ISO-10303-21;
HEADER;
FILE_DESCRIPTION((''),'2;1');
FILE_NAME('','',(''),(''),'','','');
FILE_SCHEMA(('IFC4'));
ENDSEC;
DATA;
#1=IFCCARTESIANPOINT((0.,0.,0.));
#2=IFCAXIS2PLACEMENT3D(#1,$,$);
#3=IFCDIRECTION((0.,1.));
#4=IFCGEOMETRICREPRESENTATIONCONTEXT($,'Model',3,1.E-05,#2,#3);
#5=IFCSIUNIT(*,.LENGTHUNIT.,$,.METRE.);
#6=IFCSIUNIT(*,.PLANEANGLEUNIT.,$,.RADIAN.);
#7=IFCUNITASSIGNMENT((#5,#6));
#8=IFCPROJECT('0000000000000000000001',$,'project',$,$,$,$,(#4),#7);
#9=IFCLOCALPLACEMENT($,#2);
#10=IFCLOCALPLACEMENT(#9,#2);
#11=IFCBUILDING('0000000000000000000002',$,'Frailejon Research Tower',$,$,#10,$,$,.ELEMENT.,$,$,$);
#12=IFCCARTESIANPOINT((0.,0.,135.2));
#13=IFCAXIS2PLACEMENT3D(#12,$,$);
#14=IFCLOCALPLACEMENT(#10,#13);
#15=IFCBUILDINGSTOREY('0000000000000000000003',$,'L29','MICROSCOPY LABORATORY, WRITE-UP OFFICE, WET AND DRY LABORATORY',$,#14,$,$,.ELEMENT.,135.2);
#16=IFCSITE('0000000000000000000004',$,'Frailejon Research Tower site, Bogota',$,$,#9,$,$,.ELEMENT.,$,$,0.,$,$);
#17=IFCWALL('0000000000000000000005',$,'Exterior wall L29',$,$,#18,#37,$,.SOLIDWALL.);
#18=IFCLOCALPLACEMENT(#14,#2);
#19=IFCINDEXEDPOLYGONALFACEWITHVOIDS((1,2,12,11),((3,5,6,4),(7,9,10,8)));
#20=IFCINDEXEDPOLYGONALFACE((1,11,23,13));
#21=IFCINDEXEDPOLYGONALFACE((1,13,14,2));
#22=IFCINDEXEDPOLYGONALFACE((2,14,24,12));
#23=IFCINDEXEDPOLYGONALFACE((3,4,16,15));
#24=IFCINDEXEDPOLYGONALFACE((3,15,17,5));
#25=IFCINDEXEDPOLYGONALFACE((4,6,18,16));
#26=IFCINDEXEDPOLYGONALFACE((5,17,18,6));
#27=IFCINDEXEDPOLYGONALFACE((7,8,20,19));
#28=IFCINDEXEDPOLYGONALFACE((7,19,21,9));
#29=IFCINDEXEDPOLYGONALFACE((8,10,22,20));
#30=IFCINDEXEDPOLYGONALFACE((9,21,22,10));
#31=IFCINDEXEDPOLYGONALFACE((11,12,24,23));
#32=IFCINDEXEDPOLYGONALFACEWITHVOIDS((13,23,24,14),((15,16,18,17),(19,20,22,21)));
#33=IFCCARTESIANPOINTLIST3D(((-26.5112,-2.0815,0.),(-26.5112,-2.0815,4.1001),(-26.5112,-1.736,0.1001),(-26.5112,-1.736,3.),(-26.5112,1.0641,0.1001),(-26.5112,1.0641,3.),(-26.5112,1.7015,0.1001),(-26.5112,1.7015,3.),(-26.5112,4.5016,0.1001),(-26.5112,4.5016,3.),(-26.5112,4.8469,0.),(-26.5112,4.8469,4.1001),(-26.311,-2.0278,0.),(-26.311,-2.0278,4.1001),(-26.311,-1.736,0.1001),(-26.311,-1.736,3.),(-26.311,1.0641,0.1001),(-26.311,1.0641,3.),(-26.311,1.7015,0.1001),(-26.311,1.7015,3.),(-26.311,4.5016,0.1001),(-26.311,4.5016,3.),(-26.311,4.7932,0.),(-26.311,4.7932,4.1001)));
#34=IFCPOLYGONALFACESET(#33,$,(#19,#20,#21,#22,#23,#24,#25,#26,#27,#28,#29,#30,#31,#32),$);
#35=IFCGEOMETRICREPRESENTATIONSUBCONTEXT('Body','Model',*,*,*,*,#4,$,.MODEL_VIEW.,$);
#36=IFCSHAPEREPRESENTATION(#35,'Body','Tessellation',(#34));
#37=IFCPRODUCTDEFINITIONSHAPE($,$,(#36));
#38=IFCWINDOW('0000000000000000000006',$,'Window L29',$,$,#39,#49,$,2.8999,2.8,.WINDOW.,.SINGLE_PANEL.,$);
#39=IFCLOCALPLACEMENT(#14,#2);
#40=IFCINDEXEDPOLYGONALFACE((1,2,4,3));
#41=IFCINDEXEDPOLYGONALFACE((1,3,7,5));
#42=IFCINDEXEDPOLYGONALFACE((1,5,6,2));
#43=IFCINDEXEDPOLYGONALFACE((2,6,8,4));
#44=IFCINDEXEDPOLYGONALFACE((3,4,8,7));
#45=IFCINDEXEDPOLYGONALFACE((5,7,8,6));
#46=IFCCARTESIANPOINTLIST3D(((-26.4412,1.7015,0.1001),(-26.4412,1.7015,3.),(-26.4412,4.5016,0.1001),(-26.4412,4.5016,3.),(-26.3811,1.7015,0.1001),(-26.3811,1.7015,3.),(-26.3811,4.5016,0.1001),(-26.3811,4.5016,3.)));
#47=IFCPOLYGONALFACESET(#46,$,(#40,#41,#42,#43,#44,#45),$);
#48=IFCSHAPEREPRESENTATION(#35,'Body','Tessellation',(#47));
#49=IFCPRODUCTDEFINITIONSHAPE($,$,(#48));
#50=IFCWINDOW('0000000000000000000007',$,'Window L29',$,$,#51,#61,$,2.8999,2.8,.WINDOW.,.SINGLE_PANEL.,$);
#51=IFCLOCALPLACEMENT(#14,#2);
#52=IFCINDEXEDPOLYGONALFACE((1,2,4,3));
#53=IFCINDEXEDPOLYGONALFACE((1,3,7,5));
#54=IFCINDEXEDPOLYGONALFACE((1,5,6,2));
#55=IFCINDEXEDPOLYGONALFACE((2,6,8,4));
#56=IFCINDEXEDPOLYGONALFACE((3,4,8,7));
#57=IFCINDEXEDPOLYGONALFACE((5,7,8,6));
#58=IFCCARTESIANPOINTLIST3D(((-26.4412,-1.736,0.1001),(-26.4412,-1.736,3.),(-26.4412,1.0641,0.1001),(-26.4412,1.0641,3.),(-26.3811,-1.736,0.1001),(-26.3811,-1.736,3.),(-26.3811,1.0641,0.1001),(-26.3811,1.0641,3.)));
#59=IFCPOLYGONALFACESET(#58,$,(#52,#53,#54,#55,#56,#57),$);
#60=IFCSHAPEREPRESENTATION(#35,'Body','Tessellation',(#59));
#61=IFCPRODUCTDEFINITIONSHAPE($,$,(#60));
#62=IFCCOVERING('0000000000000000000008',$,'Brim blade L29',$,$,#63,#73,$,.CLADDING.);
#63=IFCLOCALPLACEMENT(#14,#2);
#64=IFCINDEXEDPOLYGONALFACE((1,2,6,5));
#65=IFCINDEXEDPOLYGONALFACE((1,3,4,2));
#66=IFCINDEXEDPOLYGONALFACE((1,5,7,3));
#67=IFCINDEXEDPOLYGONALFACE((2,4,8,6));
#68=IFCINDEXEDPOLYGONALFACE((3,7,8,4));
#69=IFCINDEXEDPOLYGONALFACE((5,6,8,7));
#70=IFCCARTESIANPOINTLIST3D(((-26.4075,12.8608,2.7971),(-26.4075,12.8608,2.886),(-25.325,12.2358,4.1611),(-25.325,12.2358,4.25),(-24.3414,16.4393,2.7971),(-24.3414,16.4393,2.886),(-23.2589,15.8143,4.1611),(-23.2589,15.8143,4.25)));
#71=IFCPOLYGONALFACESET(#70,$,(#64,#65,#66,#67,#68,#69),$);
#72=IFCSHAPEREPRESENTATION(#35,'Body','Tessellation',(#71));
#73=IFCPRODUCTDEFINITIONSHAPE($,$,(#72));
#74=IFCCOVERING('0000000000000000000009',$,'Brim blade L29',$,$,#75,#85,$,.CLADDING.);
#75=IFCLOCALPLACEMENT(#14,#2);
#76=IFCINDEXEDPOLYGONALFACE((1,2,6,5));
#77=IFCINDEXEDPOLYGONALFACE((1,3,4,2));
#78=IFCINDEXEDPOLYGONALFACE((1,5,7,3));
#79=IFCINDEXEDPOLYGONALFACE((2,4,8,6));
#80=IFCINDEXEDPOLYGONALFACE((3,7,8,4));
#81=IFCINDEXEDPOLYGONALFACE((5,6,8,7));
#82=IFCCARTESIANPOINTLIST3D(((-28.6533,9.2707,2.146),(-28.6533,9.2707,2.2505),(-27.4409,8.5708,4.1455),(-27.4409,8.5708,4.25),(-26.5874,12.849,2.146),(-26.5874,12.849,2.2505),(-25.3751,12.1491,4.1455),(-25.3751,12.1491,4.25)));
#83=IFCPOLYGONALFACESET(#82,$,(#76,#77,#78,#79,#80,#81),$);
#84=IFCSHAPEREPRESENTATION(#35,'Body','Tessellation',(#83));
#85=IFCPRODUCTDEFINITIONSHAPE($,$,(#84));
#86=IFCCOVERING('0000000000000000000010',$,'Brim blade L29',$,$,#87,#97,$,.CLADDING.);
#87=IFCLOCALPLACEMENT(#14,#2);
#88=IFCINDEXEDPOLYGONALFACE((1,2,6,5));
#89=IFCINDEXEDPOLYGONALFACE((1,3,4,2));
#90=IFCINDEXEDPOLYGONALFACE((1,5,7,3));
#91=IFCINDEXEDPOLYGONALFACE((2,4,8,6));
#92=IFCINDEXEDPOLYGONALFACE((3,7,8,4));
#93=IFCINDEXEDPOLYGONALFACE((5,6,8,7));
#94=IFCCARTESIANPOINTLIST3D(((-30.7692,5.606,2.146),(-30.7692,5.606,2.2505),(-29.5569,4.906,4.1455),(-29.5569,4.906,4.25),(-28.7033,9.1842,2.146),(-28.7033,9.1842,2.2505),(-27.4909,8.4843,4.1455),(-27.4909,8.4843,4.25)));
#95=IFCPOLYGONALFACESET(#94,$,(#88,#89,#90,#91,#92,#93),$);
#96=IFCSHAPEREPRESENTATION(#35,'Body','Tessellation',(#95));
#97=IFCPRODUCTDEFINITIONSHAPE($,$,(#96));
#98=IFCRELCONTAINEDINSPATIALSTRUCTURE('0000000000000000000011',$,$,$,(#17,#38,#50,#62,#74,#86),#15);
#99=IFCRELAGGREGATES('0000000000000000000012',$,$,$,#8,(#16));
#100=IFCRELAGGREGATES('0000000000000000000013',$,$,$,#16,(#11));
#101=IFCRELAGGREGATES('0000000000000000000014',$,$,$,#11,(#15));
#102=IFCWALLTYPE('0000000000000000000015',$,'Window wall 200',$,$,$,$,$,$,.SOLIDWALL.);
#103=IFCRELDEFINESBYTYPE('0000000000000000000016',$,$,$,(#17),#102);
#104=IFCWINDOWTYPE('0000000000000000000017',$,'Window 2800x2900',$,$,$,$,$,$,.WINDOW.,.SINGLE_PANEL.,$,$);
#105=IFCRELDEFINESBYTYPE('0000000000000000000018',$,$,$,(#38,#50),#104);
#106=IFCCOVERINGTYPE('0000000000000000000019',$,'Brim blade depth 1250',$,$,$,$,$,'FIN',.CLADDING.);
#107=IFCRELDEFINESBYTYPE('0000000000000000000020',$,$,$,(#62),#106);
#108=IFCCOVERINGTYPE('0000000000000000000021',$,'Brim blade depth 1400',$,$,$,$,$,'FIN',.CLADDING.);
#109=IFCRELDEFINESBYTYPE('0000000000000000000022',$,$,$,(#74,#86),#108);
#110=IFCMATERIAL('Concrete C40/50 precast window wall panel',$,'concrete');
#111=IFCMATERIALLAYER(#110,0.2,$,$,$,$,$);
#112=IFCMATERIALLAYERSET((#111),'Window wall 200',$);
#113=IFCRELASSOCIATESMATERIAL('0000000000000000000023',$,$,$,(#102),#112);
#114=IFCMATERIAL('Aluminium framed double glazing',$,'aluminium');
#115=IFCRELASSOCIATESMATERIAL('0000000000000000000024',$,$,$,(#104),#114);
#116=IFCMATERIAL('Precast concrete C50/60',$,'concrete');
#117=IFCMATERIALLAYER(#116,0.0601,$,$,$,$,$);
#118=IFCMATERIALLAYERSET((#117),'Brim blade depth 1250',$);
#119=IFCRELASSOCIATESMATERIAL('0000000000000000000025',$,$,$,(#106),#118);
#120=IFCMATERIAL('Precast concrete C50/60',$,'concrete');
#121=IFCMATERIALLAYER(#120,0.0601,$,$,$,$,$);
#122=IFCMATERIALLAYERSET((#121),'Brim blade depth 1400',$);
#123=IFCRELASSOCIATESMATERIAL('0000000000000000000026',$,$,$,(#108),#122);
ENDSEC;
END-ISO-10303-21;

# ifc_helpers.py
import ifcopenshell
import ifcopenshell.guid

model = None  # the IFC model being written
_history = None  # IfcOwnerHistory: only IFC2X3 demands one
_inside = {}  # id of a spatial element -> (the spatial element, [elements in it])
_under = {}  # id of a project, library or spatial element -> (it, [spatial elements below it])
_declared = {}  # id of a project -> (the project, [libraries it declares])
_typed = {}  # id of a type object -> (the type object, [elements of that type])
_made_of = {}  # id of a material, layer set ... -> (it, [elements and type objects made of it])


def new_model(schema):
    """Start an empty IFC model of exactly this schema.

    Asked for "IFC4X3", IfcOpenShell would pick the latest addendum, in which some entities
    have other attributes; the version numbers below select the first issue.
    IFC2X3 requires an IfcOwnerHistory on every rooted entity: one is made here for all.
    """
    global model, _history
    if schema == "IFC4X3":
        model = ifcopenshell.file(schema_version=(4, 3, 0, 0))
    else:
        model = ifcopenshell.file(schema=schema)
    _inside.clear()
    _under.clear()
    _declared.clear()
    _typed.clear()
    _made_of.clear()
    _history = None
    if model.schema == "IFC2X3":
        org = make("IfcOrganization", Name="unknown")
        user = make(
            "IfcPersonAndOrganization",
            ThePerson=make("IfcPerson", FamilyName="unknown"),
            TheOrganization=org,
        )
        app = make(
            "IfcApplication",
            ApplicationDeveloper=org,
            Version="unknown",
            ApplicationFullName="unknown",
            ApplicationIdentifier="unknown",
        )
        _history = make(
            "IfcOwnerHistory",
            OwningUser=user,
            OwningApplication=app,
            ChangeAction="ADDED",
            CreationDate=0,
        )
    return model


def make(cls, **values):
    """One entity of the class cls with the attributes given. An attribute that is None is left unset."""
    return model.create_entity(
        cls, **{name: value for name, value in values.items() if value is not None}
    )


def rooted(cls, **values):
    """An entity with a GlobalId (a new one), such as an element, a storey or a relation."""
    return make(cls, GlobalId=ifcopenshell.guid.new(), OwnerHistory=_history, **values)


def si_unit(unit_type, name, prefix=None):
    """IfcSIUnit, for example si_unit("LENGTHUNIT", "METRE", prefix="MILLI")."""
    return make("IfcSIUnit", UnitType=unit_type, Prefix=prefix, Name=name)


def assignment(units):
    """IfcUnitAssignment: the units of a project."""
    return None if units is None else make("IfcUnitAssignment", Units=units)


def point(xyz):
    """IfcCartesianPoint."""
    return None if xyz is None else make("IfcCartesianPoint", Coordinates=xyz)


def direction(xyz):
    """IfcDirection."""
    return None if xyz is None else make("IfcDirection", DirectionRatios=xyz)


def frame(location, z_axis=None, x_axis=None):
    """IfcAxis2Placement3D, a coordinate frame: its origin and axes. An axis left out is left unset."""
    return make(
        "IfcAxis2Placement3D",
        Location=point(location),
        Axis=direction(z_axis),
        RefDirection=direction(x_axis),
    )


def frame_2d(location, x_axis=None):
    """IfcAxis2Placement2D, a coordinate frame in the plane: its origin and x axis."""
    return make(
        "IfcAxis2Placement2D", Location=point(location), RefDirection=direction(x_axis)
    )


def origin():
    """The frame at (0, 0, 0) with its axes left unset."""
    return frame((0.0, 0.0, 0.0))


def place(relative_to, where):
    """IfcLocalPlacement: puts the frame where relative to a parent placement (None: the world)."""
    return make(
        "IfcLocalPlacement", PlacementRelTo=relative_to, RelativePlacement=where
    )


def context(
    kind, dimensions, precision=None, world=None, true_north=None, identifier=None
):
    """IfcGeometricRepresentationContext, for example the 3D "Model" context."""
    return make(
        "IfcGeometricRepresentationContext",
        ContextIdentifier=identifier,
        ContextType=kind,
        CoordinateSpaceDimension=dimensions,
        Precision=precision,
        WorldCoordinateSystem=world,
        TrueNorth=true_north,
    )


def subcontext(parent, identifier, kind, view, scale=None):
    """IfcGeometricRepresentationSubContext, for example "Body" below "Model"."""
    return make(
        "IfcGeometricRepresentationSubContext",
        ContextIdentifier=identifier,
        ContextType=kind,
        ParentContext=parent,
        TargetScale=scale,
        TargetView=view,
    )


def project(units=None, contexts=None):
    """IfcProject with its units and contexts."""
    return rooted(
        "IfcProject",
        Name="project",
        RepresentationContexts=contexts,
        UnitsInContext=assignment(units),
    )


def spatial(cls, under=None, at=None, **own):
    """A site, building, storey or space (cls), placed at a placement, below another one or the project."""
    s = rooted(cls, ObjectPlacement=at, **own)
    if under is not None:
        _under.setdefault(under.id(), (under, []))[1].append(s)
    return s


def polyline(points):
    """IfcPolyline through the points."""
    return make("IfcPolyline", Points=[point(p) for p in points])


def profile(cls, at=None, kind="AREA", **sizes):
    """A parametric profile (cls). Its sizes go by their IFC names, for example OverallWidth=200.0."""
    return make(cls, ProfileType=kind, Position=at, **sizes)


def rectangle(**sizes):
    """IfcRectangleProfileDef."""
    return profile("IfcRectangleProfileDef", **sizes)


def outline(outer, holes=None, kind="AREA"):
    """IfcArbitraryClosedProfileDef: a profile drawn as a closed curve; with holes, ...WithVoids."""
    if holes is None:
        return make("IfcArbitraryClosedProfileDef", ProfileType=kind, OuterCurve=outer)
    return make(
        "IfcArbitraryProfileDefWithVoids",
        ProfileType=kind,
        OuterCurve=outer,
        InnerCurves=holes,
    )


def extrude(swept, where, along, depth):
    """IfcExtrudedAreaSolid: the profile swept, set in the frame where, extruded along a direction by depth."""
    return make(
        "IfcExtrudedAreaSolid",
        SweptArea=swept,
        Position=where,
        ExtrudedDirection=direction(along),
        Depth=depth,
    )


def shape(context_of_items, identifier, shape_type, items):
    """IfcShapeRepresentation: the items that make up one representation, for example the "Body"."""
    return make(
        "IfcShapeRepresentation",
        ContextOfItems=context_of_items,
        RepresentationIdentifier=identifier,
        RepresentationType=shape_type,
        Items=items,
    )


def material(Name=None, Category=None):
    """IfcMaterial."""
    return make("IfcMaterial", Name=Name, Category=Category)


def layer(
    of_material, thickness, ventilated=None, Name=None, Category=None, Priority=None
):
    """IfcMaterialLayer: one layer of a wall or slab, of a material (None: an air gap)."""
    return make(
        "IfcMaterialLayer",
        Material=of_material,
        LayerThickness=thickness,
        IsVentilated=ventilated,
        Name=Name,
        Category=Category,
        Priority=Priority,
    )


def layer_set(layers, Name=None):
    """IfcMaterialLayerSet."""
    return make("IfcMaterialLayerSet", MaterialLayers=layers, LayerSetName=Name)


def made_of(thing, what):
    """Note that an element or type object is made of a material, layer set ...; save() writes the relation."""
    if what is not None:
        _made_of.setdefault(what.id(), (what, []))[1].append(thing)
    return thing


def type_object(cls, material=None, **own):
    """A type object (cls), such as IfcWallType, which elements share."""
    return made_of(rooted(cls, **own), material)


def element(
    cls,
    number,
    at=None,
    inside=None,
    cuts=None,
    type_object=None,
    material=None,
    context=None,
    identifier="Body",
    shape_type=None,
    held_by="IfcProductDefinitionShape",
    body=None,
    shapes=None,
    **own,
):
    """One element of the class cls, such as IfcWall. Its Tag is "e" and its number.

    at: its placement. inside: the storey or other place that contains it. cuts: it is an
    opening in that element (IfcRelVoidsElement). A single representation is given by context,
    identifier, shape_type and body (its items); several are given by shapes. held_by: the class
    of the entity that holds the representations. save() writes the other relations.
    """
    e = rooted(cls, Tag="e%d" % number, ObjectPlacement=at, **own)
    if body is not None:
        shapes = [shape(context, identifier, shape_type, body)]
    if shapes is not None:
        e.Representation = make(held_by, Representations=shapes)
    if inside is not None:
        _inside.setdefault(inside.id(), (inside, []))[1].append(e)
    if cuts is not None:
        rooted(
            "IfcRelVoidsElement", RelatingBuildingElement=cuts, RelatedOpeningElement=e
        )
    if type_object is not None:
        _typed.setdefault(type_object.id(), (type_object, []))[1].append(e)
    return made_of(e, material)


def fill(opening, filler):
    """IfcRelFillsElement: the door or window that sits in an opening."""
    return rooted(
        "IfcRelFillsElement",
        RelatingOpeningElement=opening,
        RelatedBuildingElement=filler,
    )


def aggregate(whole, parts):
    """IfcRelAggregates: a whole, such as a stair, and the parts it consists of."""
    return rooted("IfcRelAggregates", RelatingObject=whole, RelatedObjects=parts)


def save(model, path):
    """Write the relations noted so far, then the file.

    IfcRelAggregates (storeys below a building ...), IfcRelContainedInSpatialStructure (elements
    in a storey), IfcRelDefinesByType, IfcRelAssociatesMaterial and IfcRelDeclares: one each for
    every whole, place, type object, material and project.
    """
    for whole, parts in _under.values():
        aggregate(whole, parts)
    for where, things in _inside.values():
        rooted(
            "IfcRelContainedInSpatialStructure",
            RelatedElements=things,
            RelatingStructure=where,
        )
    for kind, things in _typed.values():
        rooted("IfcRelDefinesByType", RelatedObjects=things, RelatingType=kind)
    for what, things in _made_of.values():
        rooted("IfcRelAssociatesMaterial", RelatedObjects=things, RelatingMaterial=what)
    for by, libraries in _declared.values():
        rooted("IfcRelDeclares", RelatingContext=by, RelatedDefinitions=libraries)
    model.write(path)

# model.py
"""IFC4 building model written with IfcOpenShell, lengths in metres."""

from ifc_helpers import new_model, si_unit, direction, frame, frame_2d, origin, place, context, subcontext, project, spatial, polyline, rectangle, outline, extrude, material, layer, layer_set, type_object, element, fill, save


model = new_model("IFC4")

# Units and contexts
model_context = context("Model", 3, precision=1e-05, world=origin(), true_north=direction((0.0, 1.0)))
body_context = subcontext(model_context, "Body", "Model", "MODEL_VIEW")
ifc_project = project(units=[si_unit("LENGTHUNIT", "METRE"), si_unit("PLANEANGLEUNIT", "RADIAN")], contexts=[model_context])

# Site, building, storey
site_placement = place(None, origin())
site = spatial("IfcSite", under=ifc_project, at=site_placement, Name="Frailejon Research Tower site, Bogota", CompositionType="ELEMENT", RefElevation=0.0)
building_placement = place(site_placement, origin())
building = spatial("IfcBuilding", under=site, at=building_placement, Name="Frailejon Research Tower", CompositionType="ELEMENT")
storey_placement = place(building_placement, frame((0.0, 0.0, 135.2)))
storey = spatial("IfcBuildingStorey", under=building, at=storey_placement, Name="L29", Description="MICROSCOPY LABORATORY, WRITE-UP OFFICE, WET AND DRY LABORATORY", CompositionType="ELEMENT", Elevation=135.2)

# Wall, openings, windows
ifc_material_1 = material(Name="Concrete C40/50 precast window wall panel", Category="concrete")
ifc_layer_1 = layer(ifc_material_1, 0.2)
ifc_layer_set_1 = layer_set([ifc_layer_1], Name="Window wall 200")
wall_type_1 = type_object("IfcWallType", Name="Window wall 200", PredefinedType="SOLIDWALL", material=ifc_layer_set_1)
wall_1_placement = place(storey_placement, frame((-26.4111, 4.8201, 0.0), z_axis=(0.0, 0.0, 1.0), x_axis=(0.0, -1.0, 0.0)))
wall_1 = element("IfcWall", 1, at=wall_1_placement, inside=storey, type_object=wall_type_1, Name="Exterior wall L29", PredefinedType="SOLIDWALL", context=body_context, shape_type="SweptSolid", body=[
    extrude(outline(polyline([(-0.0269, -0.1001), (1.1279, -0.1001), (2.2827, -0.1001), (3.4375, -0.1001), (4.592, -0.1001), (5.7468, -0.1001), (6.9016, -0.1001), (6.8479, 0.1001), (5.7109, 0.1001), (4.5742, 0.1001), (3.4375, 0.1001), (2.3005, 0.1001), (1.1636, 0.1001), (0.0269, 0.1001), (-0.0269, -0.1001)])), origin(), (0.0, 0.0, 1.0), 4.1001),
])
opening_1_placement = place(wall_1_placement, frame((0.3186, 0.0, 0.1001)))
opening_1 = element("IfcOpeningElement", 2, at=opening_1_placement, cuts=wall_1, PredefinedType="OPENING", context=body_context, shape_type="SweptSolid", body=[
    extrude(rectangle(XDim=2.8, YDim=2.8999, at=frame_2d((1.3999, 1.45))), frame((0.0, 0.1099, 0.0), z_axis=(0.0, -1.0, 0.0), x_axis=(1.0, 0.0, 0.0)), (0.0, 0.0, 1.0), 0.22),
])
opening_2_placement = place(wall_1_placement, frame((3.7561, 0.0, 0.1001)))
opening_2 = element("IfcOpeningElement", 3, at=opening_2_placement, cuts=wall_1, PredefinedType="OPENING", context=body_context, shape_type="SweptSolid", body=[
    extrude(rectangle(XDim=2.8, YDim=2.8999, at=frame_2d((1.3999, 1.45))), frame((0.0, 0.1099, 0.0), z_axis=(0.0, -1.0, 0.0), x_axis=(1.0, 0.0, 0.0)), (0.0, 0.0, 1.0), 0.22),
])
ifc_material_2 = material(Name="Aluminium framed double glazing", Category="aluminium")
window_type = type_object("IfcWindowType", Name="Window 2800x2900", PartitioningType="SINGLE_PANEL", PredefinedType="WINDOW", material=ifc_material_2)
window_1_placement = place(opening_1_placement, origin())
window_1 = element("IfcWindow", 4, at=window_1_placement, inside=storey, type_object=window_type, Name="Window L29", OverallHeight=2.8999, OverallWidth=2.8, PartitioningType="SINGLE_PANEL", PredefinedType="WINDOW", context=body_context, shape_type="SweptSolid", body=[
    extrude(rectangle(XDim=2.8, YDim=2.8999, at=frame_2d((1.3999, 1.45))), frame((0.0, 0.03, 0.0), z_axis=(0.0, -1.0, 0.0), x_axis=(1.0, 0.0, 0.0)), (0.0, 0.0, 1.0), 0.0601),
])
fill(opening_1, window_1)
window_2_placement = place(opening_2_placement, origin())
window_2 = element("IfcWindow", 5, at=window_2_placement, inside=storey, type_object=window_type, Name="Window L29", OverallHeight=2.8999, OverallWidth=2.8, PartitioningType="SINGLE_PANEL", PredefinedType="WINDOW", context=body_context, shape_type="SweptSolid", body=[
    extrude(rectangle(XDim=2.8, YDim=2.8999, at=frame_2d((1.3999, 1.45))), frame((0.0, 0.03, 0.0), z_axis=(0.0, -1.0, 0.0), x_axis=(1.0, 0.0, 0.0)), (0.0, 0.0, 1.0), 0.0601),
])
fill(opening_2, window_2)

# Coverings
ifc_material_3 = material(Name="Precast concrete C50/60", Category="concrete")
ifc_layer_2 = layer(ifc_material_3, 0.0601)
ifc_layer_set_2 = layer_set([ifc_layer_2], Name="Brim blade depth 1250")
covering_type_1 = type_object("IfcCoveringType", Name="Brim blade depth 1250", ElementType="FIN", PredefinedType="CLADDING", material=ifc_layer_set_2)
covering_placement = place(storey_placement, frame((-25.325, 12.2358, 4.25), z_axis=(0.500002, 0.866024, 0.0), x_axis=(-0.866024, 0.500002, 0.0)))
element("IfcCovering", 6, at=covering_placement, inside=storey, type_object=covering_type_1, Name="Brim blade L29", PredefinedType="CLADDING", context=body_context, shape_type="SweptSolid", body=[
    extrude(outline(polyline([(0.0, -0.0889), (1.25, -1.4529), (1.25, -1.364), (0.0, 0.0), (0.0, -0.0889)])), origin(), (0.0, 0.0, 1.0), 4.1321),
])
ifc_material_4 = material(Name="Precast concrete C50/60", Category="concrete")
ifc_layer_3 = layer(ifc_material_4, 0.0601)
ifc_layer_set_3 = layer_set([ifc_layer_3], Name="Brim blade depth 1400")
covering_type_2 = type_object("IfcCoveringType", Name="Brim blade depth 1400", ElementType="FIN", PredefinedType="CLADDING", material=ifc_layer_set_3)
for number, where, z_axis, x_axis, name in (
    (7, (-27.4409, 8.5708, 4.25), (0.499984, 0.866034, 0.0), (-0.866034, 0.499984, 0.0), "Brim blade L29"),
    (8, (-29.5569, 4.906, 4.25), (0.500012, 0.866018, 0.0), (-0.866018, 0.500012, 0.0), "Brim blade L29"),
):
    element("IfcCovering", number, at=place(storey_placement, frame(where, z_axis=z_axis, x_axis=x_axis)), inside=storey, type_object=covering_type_2, Name=name, PredefinedType="CLADDING", context=body_context, shape_type="SweptSolid", body=[
        extrude(outline(polyline([(0.0, -0.1045), (1.3999, -2.104), (1.3999, -1.9995), (0.0, 0.0), (0.0, -0.1045)])), origin(), (0.0, 0.0, 1.0), 4.1318),
    ])

save(model, "model.ifc")
